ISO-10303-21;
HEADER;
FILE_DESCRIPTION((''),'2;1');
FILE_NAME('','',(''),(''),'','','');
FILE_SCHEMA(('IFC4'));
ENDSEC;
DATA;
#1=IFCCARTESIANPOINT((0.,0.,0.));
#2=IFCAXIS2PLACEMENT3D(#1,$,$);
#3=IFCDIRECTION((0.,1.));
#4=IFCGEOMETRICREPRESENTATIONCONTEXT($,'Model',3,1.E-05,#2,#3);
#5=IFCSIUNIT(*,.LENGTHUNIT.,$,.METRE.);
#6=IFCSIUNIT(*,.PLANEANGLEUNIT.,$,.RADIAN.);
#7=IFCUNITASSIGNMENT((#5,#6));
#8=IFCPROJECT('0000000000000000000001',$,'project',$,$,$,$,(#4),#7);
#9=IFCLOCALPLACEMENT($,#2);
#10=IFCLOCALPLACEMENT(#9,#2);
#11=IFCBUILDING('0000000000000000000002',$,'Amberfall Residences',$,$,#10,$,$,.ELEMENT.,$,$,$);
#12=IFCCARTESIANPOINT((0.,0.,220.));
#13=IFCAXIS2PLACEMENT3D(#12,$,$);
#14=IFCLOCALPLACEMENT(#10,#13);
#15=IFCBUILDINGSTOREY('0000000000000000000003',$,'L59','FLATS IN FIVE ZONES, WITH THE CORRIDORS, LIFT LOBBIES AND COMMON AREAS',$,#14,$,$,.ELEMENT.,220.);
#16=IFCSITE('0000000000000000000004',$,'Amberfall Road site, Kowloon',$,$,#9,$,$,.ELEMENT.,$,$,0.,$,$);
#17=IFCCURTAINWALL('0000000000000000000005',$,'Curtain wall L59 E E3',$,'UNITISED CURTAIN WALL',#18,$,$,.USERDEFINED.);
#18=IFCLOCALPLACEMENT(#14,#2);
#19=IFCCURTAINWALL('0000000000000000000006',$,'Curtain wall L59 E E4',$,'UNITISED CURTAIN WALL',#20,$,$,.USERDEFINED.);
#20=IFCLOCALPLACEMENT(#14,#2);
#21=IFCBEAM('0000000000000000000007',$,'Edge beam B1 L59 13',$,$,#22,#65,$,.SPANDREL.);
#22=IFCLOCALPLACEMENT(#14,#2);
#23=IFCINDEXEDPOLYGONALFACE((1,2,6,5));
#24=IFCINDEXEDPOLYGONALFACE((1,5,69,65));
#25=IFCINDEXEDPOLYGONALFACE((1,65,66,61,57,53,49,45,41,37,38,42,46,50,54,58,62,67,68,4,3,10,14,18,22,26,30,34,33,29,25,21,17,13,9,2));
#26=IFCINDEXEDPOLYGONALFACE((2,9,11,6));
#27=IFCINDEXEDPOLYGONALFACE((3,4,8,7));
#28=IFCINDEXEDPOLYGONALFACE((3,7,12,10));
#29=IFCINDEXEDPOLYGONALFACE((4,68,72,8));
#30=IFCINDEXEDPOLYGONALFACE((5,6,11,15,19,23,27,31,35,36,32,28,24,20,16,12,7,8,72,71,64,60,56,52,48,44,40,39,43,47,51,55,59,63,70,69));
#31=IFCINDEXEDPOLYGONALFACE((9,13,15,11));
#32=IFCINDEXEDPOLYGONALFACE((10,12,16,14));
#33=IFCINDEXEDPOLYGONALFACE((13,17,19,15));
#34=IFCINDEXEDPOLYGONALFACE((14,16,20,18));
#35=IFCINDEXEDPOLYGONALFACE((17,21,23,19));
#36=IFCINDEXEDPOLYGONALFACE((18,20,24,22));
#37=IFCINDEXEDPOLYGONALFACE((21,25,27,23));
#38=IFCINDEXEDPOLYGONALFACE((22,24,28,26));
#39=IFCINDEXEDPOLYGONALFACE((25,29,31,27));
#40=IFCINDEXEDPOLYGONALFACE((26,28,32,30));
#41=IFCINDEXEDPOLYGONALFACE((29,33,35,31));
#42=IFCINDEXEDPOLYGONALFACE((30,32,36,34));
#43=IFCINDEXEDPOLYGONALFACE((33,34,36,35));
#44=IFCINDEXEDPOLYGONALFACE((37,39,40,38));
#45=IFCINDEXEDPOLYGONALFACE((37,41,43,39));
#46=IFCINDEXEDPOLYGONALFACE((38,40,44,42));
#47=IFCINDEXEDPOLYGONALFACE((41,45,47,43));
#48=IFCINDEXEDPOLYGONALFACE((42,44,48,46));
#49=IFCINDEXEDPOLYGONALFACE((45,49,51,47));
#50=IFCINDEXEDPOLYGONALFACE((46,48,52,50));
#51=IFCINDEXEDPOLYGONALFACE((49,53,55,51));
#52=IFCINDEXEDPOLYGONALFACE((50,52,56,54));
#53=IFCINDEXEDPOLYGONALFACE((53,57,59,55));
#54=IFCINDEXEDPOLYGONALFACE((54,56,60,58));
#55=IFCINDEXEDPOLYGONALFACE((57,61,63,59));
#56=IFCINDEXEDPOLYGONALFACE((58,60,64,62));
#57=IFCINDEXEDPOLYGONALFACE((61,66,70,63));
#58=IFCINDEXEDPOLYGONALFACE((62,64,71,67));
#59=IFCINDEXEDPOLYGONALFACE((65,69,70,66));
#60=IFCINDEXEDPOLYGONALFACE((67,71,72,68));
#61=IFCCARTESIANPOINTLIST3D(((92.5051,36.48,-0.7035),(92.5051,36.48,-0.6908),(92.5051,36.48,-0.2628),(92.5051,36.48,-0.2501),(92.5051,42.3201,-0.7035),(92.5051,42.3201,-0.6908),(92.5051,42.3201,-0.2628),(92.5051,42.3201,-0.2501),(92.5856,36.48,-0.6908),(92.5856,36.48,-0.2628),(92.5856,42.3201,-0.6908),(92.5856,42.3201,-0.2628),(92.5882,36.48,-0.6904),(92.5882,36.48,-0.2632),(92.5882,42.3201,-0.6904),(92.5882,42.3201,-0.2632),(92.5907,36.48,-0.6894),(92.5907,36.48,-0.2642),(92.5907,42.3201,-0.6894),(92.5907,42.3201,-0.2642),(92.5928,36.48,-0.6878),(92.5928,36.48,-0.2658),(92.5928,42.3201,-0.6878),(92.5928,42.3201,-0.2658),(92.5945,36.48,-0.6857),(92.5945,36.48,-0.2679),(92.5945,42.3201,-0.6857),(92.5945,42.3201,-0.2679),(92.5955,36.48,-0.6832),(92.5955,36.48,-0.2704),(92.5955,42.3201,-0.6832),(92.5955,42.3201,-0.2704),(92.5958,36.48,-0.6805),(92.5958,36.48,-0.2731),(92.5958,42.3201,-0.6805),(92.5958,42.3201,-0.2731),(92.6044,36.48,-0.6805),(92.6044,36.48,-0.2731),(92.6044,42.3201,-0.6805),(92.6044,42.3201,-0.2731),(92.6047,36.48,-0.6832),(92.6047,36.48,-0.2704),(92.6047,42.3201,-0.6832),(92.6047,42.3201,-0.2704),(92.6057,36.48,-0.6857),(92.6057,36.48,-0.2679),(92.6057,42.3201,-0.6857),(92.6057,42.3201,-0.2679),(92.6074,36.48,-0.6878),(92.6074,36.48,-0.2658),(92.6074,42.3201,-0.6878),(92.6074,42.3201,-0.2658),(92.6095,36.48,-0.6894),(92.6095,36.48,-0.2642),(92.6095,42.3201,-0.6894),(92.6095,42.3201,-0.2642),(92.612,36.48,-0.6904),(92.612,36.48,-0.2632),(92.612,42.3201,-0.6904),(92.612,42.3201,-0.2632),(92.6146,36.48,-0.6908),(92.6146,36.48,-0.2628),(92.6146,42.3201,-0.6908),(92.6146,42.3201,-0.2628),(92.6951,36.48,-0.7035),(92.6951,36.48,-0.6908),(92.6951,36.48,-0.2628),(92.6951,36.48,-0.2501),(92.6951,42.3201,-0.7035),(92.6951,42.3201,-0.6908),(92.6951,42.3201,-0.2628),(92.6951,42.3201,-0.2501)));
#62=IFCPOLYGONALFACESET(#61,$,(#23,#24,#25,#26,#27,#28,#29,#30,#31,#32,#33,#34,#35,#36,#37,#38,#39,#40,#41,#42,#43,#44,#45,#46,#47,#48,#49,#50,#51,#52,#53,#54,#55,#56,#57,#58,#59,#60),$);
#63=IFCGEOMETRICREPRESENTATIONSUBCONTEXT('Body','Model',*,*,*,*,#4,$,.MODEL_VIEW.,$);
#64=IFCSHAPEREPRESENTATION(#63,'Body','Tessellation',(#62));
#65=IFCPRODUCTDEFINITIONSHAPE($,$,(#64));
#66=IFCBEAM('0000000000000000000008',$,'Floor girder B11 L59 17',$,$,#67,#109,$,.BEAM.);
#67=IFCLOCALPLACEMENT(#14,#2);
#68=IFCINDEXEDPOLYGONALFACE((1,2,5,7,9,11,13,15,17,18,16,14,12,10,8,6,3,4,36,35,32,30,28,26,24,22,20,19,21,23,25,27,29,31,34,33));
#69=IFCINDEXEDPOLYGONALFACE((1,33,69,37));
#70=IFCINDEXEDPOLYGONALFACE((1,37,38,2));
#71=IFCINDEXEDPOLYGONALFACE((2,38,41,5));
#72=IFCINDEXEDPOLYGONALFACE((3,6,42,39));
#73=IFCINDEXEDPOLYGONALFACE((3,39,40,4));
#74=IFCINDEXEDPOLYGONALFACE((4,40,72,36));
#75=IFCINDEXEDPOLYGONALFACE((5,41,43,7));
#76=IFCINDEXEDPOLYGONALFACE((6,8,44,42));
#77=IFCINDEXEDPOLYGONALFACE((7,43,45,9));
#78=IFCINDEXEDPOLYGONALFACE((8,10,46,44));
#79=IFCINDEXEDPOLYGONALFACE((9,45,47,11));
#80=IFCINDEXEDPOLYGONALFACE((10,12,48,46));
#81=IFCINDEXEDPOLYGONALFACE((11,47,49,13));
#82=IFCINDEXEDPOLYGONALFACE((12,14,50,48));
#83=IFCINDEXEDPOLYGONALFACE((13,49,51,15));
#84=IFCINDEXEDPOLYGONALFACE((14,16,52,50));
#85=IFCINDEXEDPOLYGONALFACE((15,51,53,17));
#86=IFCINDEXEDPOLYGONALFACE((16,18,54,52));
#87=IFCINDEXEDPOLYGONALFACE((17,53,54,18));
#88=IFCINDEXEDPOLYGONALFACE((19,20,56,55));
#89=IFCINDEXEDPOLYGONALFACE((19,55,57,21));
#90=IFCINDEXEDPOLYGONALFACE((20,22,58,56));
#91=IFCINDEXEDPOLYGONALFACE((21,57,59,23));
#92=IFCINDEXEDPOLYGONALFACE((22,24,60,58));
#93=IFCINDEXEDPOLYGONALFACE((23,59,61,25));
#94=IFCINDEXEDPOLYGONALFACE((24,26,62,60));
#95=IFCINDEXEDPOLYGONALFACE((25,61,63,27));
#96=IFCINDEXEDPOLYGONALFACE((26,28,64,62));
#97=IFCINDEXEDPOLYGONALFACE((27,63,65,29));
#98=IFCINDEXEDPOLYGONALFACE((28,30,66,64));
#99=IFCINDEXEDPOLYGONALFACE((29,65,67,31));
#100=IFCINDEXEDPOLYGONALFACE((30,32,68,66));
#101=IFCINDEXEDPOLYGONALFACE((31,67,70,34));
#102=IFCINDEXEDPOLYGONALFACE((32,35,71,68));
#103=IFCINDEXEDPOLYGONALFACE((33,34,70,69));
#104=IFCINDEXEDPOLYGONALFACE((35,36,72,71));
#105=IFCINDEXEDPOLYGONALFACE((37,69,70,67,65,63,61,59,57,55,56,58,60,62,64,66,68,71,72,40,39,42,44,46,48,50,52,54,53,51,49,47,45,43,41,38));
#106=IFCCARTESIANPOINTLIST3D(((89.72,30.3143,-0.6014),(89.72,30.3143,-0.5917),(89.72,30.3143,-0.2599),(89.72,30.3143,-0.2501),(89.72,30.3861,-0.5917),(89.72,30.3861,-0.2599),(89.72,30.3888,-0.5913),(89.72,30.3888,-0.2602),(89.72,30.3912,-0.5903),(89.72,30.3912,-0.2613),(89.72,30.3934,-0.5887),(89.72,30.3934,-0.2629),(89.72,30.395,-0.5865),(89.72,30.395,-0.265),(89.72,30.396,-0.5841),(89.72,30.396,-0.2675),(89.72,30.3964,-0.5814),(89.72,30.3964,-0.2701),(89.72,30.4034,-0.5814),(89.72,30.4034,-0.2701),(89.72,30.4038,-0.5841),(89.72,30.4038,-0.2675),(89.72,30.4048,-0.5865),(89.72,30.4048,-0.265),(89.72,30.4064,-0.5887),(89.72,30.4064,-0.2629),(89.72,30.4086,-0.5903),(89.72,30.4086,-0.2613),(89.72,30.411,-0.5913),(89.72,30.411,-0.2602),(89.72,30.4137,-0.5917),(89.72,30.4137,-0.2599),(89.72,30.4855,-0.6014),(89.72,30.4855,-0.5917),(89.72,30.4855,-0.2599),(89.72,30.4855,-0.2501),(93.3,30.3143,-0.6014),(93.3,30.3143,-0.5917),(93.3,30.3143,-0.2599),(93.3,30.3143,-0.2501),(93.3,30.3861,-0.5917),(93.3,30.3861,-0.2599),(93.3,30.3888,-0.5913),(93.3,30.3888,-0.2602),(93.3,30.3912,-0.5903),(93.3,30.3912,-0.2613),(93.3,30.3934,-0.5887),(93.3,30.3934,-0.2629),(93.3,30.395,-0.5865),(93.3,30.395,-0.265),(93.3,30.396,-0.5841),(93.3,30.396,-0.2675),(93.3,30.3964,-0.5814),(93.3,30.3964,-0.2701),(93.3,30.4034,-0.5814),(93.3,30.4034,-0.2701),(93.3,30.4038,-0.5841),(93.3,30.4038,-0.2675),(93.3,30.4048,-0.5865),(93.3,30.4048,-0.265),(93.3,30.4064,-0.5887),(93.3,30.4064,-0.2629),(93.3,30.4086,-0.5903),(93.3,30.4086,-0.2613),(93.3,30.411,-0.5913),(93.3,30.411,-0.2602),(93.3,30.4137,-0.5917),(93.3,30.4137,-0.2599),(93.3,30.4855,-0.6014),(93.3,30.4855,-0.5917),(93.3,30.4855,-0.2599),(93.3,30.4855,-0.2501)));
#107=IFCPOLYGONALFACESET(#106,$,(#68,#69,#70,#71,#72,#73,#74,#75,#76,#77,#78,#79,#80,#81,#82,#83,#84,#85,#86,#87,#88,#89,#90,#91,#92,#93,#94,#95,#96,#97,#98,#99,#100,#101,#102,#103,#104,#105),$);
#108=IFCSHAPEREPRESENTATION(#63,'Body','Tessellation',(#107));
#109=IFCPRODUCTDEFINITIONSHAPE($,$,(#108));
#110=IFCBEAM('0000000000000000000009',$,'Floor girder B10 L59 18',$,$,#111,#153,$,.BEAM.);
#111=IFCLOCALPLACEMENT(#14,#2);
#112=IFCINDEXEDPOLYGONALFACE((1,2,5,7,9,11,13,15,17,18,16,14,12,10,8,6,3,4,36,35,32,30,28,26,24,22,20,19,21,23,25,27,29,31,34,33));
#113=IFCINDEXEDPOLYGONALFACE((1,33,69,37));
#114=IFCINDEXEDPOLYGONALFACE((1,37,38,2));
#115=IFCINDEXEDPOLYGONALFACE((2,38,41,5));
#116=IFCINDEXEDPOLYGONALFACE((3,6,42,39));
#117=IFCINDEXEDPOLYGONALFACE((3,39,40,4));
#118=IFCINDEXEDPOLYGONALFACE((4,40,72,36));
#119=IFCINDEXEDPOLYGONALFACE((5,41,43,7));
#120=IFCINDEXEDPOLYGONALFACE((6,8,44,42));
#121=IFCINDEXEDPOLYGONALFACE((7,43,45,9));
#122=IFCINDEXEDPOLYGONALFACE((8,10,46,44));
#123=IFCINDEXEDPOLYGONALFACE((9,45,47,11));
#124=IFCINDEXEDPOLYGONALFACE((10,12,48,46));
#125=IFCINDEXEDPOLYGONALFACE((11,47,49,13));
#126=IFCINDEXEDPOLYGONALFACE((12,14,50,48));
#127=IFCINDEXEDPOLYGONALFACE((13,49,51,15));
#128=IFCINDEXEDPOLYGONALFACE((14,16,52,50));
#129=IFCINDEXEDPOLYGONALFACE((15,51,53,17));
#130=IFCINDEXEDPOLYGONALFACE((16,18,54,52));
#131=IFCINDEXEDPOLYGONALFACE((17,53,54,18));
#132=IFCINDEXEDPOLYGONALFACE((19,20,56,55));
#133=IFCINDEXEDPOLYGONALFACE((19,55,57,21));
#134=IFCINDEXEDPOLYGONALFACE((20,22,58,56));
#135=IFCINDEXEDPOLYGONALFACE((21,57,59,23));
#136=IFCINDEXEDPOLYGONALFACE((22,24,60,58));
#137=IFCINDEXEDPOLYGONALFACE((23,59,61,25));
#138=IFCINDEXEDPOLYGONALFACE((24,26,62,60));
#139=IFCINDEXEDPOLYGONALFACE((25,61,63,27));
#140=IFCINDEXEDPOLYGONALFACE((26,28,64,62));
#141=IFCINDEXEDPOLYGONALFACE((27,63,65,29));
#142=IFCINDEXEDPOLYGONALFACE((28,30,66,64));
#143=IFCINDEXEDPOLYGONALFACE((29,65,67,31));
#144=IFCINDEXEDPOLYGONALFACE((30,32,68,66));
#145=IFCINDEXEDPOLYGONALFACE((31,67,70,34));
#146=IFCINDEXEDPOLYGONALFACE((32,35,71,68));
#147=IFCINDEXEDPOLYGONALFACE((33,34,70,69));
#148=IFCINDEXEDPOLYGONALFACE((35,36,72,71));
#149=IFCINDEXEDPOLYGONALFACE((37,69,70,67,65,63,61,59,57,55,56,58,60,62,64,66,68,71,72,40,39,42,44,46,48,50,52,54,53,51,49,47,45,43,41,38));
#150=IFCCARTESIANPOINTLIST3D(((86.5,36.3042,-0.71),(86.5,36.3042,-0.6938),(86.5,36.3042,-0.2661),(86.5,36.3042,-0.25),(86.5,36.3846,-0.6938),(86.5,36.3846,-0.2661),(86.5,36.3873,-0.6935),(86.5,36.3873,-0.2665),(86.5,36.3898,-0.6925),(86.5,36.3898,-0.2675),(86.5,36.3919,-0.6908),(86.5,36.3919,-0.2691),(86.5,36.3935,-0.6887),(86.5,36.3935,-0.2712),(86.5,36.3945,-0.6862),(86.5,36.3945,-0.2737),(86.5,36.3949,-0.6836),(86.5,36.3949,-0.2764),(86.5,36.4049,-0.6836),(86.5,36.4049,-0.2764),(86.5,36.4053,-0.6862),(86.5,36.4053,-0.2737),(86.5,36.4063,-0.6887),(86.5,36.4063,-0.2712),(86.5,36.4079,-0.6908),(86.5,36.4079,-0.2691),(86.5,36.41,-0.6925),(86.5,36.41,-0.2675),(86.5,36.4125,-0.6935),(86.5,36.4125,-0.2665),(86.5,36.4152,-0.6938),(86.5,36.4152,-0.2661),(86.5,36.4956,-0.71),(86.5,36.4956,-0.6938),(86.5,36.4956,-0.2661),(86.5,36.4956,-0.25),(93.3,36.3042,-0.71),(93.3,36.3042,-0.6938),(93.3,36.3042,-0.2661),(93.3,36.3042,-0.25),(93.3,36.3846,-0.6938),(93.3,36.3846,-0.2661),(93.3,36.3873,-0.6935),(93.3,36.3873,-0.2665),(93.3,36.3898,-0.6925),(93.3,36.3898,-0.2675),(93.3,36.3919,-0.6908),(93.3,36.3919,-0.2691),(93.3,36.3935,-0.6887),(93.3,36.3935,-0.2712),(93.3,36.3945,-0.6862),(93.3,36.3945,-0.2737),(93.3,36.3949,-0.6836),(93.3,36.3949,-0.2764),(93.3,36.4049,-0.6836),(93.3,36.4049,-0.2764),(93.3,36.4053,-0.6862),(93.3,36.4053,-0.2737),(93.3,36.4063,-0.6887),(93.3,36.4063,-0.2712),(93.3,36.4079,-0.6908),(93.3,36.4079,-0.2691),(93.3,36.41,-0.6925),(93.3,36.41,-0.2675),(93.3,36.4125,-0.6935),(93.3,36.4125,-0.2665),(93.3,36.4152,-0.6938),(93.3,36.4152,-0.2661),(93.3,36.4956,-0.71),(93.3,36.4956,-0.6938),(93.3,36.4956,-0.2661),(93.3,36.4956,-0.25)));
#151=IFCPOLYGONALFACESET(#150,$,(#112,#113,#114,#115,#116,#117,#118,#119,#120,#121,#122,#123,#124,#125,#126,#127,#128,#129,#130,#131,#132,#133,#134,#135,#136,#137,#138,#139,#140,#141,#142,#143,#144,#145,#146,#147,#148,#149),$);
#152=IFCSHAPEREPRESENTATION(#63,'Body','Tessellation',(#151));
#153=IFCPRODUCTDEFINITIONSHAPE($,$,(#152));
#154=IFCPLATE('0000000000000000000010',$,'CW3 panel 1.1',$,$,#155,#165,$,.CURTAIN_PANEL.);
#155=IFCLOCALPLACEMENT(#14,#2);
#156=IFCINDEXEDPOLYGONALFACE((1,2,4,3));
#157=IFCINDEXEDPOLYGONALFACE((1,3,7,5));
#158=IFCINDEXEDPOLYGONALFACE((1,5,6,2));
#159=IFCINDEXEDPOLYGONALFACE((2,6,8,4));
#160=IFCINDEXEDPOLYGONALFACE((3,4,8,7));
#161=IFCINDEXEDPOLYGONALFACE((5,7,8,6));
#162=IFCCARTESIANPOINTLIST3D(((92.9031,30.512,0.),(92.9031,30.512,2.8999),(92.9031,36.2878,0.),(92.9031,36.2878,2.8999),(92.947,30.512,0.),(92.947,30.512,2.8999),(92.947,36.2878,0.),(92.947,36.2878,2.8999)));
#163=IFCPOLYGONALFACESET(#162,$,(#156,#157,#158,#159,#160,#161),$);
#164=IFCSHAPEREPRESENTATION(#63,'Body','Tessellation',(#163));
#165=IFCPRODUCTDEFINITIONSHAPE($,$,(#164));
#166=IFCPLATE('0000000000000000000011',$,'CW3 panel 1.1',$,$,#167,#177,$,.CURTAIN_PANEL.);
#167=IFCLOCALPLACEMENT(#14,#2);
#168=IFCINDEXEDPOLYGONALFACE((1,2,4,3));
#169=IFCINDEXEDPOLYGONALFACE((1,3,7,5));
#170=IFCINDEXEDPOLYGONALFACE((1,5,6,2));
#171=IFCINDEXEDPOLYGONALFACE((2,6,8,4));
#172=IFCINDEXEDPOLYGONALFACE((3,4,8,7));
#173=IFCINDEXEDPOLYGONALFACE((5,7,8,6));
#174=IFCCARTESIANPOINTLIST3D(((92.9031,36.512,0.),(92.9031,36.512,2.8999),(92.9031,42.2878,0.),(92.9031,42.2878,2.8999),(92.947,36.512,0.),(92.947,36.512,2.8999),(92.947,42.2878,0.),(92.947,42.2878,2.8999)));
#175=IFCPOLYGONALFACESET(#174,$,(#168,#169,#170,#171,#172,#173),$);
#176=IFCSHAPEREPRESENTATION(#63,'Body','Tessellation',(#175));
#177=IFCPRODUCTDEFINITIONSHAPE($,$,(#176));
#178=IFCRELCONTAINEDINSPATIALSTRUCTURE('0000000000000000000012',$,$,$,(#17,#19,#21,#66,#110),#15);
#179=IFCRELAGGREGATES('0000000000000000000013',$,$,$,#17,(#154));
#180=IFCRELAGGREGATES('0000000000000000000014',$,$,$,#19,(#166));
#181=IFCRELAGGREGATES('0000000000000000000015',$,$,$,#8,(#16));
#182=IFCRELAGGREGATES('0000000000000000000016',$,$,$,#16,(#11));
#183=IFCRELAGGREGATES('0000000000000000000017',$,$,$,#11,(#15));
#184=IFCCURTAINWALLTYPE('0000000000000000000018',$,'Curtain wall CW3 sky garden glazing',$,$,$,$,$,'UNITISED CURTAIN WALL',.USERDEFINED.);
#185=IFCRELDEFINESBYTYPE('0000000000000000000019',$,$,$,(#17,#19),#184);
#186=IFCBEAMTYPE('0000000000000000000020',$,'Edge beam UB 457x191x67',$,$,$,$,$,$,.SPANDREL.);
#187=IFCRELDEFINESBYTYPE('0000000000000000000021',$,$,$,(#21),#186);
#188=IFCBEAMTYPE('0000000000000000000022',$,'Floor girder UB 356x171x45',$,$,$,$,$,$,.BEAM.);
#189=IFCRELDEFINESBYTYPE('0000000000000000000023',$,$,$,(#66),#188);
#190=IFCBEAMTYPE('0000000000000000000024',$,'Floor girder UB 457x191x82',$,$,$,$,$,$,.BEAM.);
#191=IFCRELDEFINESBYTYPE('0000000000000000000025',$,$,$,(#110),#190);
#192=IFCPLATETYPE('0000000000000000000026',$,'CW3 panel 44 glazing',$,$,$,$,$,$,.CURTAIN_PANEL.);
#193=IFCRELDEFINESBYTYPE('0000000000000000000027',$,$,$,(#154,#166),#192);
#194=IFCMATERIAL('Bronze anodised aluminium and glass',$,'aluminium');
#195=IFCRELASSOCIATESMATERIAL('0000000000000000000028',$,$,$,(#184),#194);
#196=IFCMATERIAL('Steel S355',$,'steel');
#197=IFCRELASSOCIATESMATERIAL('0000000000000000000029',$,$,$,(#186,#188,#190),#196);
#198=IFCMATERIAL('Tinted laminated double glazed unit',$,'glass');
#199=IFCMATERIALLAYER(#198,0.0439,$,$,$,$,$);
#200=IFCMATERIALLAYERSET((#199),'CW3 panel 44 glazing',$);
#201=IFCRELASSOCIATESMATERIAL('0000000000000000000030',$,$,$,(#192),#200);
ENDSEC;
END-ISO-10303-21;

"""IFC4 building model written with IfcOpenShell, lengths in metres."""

from ifc_helpers import new_model, si_unit, direction, frame, origin, origin_2d, place, context, subcontext, project, spatial, rectangle, i_section, extrude, material, layer, layer_set, material_profile, profile_set, type_object, element, aggregate, save


model = new_model("IFC4")

# Units and contexts
model_context = context("Model", 3, precision=1e-05, world=origin(), true_north=direction((0.0, 1.0)))
body_context = subcontext(model_context, "Body", "Model", "MODEL_VIEW")
ifc_project = project(units=[si_unit("LENGTHUNIT", "METRE"), si_unit("PLANEANGLEUNIT", "RADIAN")], contexts=[model_context])

# Site, building, storey
site_placement = place(None, origin())
site = spatial("IfcSite", under=ifc_project, at=site_placement, Name="Amberfall Road site, Kowloon", CompositionType="ELEMENT", RefElevation=0.0)
building_placement = place(site_placement, origin())
building = spatial("IfcBuilding", under=site, at=building_placement, Name="Amberfall Residences", CompositionType="ELEMENT")
storey_placement = place(building_placement, frame((0.0, 0.0, 220.0)))
storey = spatial("IfcBuildingStorey", under=building, at=storey_placement, Name="L59", Description="FLATS IN FIVE ZONES, WITH THE CORRIDORS, LIFT LOBBIES AND COMMON AREAS", CompositionType="ELEMENT", Elevation=220.0)

# Curtain walls
ifc_material_1 = material(Name="Bronze anodised aluminium and glass", Category="aluminium")
curtain_wall_type = type_object("IfcCurtainWallType", Name="Curtain wall CW3 sky garden glazing", ElementType="UNITISED CURTAIN WALL", PredefinedType="USERDEFINED", material=ifc_material_1)
curtain_wall_1_placement = place(storey_placement, origin())
curtain_wall_1 = element("IfcCurtainWall", 1, at=curtain_wall_1_placement, inside=storey, type_object=curtain_wall_type, Name="Curtain wall L59 E E3", ObjectType="UNITISED CURTAIN WALL", PredefinedType="USERDEFINED")
curtain_wall_2_placement = place(storey_placement, origin())
curtain_wall_2 = element("IfcCurtainWall", 2, at=curtain_wall_2_placement, inside=storey, type_object=curtain_wall_type, Name="Curtain wall L59 E E4", ObjectType="UNITISED CURTAIN WALL", PredefinedType="USERDEFINED")

# Beams
ifc_material_2 = material(Name="Steel S355", Category="steel")
ifc_material_profile_1 = material_profile(ifc_material_2, i_section(OverallWidth=0.1899, OverallDepth=0.4534, WebThickness=0.0085, FlangeThickness=0.0127, FilletRadius=0.0103, at=origin_2d()), Name="UB 457x191x67")
ifc_profile_set_1 = profile_set([ifc_material_profile_1], Name="Steel S355")
beam_type_1 = type_object("IfcBeamType", Name="Edge beam UB 457x191x67", PredefinedType="SPANDREL", material=ifc_profile_set_1)
for number, where, z_axis, x_axis, name in (
    (3, (92.6001, 36.48, -0.4768), (0.0, 1.0, 0.0), (-1.0, 0.0, 0.0), "Edge beam B1 L59 13"),
):
    element("IfcBeam", number, at=place(storey_placement, frame(where, z_axis=z_axis, x_axis=x_axis)), inside=storey, type_object=beam_type_1, Name=name, PredefinedType="SPANDREL", context=body_context, shape_type="SweptSolid", body=[
        extrude(i_section(OverallWidth=0.1899, OverallDepth=0.4534, WebThickness=0.0085, FlangeThickness=0.0127, FilletRadius=0.0103, at=origin_2d()), origin(), (0.0, 0.0, 1.0), 5.8401),
    ])
ifc_material_profile_2 = material_profile(ifc_material_2, i_section(OverallWidth=0.1711, OverallDepth=0.3513, WebThickness=0.0071, FlangeThickness=0.0098, FilletRadius=0.0103, at=origin_2d()), Name="UB 356x171x45")
ifc_profile_set_2 = profile_set([ifc_material_profile_2], Name="Steel S355")
beam_type_2 = type_object("IfcBeamType", Name="Floor girder UB 356x171x45", PredefinedType="BEAM", material=ifc_profile_set_2)
beam_1_placement = place(storey_placement, frame((93.3, 30.3999, -0.4258), z_axis=(-1.0, 0.0, 0.0), x_axis=(0.0, -1.0, 0.0)))
element("IfcBeam", 4, at=beam_1_placement, inside=storey, type_object=beam_type_2, Name="Floor girder B11 L59 17", PredefinedType="BEAM", context=body_context, shape_type="SweptSolid", body=[
    extrude(i_section(OverallWidth=0.1711, OverallDepth=0.3513, WebThickness=0.0071, FlangeThickness=0.0098, FilletRadius=0.0103, at=origin_2d()), origin(), (0.0, 0.0, 1.0), 3.5801),
])
ifc_material_profile_3 = material_profile(ifc_material_2, i_section(OverallWidth=0.1914, OverallDepth=0.46, WebThickness=0.01, FlangeThickness=0.0161, FilletRadius=0.0103, at=origin_2d()), Name="UB 457x191x82")
ifc_profile_set_3 = profile_set([ifc_material_profile_3], Name="Steel S355")
beam_type_3 = type_object("IfcBeamType", Name="Floor girder UB 457x191x82", PredefinedType="BEAM", material=ifc_profile_set_3)
beam_2_placement = place(storey_placement, frame((93.3, 36.3999, -0.48), z_axis=(-1.0, 0.0, 0.0), x_axis=(0.0, -1.0, 0.0)))
element("IfcBeam", 5, at=beam_2_placement, inside=storey, type_object=beam_type_3, Name="Floor girder B10 L59 18", PredefinedType="BEAM", context=body_context, shape_type="SweptSolid", body=[
    extrude(i_section(OverallWidth=0.1914, OverallDepth=0.46, WebThickness=0.01, FlangeThickness=0.0161, FilletRadius=0.0103, at=origin_2d()), origin(), (0.0, 0.0, 1.0), 6.8),
])

# Plates
ifc_material_3 = material(Name="Tinted laminated double glazed unit", Category="glass")
ifc_layer_1 = layer(ifc_material_3, 0.0439)
ifc_layer_set_1 = layer_set([ifc_layer_1], Name="CW3 panel 44 glazing")
plate_type = type_object("IfcPlateType", Name="CW3 panel 44 glazing", PredefinedType="CURTAIN_PANEL", material=ifc_layer_set_1)
plate_1_placement = place(storey_placement, frame((92.925, 33.3999, 0.0), z_axis=(0.0, 0.0, 1.0), x_axis=(0.0, 1.0, 0.0)))
plate_1 = element("IfcPlate", 6, at=plate_1_placement, type_object=plate_type, Name="CW3 panel 1.1", PredefinedType="CURTAIN_PANEL", context=body_context, shape_type="SweptSolid", body=[
    extrude(rectangle(XDim=5.7759, YDim=0.0439, at=origin_2d()), origin(), (0.0, 0.0, 1.0), 2.8999),
])
aggregate(curtain_wall_1, [plate_1])
plate_2_placement = place(storey_placement, frame((92.925, 39.3999, 0.0), z_axis=(0.0, 0.0, 1.0), x_axis=(0.0, 1.0, 0.0)))
plate_2 = element("IfcPlate", 7, at=plate_2_placement, type_object=plate_type, Name="CW3 panel 1.1", PredefinedType="CURTAIN_PANEL", context=body_context, shape_type="SweptSolid", body=[
    extrude(rectangle(XDim=5.7759, YDim=0.0439, at=origin_2d()), origin(), (0.0, 0.0, 1.0), 2.8999),
])
aggregate(curtain_wall_2, [plate_2])

save(model, "model.ifc")
